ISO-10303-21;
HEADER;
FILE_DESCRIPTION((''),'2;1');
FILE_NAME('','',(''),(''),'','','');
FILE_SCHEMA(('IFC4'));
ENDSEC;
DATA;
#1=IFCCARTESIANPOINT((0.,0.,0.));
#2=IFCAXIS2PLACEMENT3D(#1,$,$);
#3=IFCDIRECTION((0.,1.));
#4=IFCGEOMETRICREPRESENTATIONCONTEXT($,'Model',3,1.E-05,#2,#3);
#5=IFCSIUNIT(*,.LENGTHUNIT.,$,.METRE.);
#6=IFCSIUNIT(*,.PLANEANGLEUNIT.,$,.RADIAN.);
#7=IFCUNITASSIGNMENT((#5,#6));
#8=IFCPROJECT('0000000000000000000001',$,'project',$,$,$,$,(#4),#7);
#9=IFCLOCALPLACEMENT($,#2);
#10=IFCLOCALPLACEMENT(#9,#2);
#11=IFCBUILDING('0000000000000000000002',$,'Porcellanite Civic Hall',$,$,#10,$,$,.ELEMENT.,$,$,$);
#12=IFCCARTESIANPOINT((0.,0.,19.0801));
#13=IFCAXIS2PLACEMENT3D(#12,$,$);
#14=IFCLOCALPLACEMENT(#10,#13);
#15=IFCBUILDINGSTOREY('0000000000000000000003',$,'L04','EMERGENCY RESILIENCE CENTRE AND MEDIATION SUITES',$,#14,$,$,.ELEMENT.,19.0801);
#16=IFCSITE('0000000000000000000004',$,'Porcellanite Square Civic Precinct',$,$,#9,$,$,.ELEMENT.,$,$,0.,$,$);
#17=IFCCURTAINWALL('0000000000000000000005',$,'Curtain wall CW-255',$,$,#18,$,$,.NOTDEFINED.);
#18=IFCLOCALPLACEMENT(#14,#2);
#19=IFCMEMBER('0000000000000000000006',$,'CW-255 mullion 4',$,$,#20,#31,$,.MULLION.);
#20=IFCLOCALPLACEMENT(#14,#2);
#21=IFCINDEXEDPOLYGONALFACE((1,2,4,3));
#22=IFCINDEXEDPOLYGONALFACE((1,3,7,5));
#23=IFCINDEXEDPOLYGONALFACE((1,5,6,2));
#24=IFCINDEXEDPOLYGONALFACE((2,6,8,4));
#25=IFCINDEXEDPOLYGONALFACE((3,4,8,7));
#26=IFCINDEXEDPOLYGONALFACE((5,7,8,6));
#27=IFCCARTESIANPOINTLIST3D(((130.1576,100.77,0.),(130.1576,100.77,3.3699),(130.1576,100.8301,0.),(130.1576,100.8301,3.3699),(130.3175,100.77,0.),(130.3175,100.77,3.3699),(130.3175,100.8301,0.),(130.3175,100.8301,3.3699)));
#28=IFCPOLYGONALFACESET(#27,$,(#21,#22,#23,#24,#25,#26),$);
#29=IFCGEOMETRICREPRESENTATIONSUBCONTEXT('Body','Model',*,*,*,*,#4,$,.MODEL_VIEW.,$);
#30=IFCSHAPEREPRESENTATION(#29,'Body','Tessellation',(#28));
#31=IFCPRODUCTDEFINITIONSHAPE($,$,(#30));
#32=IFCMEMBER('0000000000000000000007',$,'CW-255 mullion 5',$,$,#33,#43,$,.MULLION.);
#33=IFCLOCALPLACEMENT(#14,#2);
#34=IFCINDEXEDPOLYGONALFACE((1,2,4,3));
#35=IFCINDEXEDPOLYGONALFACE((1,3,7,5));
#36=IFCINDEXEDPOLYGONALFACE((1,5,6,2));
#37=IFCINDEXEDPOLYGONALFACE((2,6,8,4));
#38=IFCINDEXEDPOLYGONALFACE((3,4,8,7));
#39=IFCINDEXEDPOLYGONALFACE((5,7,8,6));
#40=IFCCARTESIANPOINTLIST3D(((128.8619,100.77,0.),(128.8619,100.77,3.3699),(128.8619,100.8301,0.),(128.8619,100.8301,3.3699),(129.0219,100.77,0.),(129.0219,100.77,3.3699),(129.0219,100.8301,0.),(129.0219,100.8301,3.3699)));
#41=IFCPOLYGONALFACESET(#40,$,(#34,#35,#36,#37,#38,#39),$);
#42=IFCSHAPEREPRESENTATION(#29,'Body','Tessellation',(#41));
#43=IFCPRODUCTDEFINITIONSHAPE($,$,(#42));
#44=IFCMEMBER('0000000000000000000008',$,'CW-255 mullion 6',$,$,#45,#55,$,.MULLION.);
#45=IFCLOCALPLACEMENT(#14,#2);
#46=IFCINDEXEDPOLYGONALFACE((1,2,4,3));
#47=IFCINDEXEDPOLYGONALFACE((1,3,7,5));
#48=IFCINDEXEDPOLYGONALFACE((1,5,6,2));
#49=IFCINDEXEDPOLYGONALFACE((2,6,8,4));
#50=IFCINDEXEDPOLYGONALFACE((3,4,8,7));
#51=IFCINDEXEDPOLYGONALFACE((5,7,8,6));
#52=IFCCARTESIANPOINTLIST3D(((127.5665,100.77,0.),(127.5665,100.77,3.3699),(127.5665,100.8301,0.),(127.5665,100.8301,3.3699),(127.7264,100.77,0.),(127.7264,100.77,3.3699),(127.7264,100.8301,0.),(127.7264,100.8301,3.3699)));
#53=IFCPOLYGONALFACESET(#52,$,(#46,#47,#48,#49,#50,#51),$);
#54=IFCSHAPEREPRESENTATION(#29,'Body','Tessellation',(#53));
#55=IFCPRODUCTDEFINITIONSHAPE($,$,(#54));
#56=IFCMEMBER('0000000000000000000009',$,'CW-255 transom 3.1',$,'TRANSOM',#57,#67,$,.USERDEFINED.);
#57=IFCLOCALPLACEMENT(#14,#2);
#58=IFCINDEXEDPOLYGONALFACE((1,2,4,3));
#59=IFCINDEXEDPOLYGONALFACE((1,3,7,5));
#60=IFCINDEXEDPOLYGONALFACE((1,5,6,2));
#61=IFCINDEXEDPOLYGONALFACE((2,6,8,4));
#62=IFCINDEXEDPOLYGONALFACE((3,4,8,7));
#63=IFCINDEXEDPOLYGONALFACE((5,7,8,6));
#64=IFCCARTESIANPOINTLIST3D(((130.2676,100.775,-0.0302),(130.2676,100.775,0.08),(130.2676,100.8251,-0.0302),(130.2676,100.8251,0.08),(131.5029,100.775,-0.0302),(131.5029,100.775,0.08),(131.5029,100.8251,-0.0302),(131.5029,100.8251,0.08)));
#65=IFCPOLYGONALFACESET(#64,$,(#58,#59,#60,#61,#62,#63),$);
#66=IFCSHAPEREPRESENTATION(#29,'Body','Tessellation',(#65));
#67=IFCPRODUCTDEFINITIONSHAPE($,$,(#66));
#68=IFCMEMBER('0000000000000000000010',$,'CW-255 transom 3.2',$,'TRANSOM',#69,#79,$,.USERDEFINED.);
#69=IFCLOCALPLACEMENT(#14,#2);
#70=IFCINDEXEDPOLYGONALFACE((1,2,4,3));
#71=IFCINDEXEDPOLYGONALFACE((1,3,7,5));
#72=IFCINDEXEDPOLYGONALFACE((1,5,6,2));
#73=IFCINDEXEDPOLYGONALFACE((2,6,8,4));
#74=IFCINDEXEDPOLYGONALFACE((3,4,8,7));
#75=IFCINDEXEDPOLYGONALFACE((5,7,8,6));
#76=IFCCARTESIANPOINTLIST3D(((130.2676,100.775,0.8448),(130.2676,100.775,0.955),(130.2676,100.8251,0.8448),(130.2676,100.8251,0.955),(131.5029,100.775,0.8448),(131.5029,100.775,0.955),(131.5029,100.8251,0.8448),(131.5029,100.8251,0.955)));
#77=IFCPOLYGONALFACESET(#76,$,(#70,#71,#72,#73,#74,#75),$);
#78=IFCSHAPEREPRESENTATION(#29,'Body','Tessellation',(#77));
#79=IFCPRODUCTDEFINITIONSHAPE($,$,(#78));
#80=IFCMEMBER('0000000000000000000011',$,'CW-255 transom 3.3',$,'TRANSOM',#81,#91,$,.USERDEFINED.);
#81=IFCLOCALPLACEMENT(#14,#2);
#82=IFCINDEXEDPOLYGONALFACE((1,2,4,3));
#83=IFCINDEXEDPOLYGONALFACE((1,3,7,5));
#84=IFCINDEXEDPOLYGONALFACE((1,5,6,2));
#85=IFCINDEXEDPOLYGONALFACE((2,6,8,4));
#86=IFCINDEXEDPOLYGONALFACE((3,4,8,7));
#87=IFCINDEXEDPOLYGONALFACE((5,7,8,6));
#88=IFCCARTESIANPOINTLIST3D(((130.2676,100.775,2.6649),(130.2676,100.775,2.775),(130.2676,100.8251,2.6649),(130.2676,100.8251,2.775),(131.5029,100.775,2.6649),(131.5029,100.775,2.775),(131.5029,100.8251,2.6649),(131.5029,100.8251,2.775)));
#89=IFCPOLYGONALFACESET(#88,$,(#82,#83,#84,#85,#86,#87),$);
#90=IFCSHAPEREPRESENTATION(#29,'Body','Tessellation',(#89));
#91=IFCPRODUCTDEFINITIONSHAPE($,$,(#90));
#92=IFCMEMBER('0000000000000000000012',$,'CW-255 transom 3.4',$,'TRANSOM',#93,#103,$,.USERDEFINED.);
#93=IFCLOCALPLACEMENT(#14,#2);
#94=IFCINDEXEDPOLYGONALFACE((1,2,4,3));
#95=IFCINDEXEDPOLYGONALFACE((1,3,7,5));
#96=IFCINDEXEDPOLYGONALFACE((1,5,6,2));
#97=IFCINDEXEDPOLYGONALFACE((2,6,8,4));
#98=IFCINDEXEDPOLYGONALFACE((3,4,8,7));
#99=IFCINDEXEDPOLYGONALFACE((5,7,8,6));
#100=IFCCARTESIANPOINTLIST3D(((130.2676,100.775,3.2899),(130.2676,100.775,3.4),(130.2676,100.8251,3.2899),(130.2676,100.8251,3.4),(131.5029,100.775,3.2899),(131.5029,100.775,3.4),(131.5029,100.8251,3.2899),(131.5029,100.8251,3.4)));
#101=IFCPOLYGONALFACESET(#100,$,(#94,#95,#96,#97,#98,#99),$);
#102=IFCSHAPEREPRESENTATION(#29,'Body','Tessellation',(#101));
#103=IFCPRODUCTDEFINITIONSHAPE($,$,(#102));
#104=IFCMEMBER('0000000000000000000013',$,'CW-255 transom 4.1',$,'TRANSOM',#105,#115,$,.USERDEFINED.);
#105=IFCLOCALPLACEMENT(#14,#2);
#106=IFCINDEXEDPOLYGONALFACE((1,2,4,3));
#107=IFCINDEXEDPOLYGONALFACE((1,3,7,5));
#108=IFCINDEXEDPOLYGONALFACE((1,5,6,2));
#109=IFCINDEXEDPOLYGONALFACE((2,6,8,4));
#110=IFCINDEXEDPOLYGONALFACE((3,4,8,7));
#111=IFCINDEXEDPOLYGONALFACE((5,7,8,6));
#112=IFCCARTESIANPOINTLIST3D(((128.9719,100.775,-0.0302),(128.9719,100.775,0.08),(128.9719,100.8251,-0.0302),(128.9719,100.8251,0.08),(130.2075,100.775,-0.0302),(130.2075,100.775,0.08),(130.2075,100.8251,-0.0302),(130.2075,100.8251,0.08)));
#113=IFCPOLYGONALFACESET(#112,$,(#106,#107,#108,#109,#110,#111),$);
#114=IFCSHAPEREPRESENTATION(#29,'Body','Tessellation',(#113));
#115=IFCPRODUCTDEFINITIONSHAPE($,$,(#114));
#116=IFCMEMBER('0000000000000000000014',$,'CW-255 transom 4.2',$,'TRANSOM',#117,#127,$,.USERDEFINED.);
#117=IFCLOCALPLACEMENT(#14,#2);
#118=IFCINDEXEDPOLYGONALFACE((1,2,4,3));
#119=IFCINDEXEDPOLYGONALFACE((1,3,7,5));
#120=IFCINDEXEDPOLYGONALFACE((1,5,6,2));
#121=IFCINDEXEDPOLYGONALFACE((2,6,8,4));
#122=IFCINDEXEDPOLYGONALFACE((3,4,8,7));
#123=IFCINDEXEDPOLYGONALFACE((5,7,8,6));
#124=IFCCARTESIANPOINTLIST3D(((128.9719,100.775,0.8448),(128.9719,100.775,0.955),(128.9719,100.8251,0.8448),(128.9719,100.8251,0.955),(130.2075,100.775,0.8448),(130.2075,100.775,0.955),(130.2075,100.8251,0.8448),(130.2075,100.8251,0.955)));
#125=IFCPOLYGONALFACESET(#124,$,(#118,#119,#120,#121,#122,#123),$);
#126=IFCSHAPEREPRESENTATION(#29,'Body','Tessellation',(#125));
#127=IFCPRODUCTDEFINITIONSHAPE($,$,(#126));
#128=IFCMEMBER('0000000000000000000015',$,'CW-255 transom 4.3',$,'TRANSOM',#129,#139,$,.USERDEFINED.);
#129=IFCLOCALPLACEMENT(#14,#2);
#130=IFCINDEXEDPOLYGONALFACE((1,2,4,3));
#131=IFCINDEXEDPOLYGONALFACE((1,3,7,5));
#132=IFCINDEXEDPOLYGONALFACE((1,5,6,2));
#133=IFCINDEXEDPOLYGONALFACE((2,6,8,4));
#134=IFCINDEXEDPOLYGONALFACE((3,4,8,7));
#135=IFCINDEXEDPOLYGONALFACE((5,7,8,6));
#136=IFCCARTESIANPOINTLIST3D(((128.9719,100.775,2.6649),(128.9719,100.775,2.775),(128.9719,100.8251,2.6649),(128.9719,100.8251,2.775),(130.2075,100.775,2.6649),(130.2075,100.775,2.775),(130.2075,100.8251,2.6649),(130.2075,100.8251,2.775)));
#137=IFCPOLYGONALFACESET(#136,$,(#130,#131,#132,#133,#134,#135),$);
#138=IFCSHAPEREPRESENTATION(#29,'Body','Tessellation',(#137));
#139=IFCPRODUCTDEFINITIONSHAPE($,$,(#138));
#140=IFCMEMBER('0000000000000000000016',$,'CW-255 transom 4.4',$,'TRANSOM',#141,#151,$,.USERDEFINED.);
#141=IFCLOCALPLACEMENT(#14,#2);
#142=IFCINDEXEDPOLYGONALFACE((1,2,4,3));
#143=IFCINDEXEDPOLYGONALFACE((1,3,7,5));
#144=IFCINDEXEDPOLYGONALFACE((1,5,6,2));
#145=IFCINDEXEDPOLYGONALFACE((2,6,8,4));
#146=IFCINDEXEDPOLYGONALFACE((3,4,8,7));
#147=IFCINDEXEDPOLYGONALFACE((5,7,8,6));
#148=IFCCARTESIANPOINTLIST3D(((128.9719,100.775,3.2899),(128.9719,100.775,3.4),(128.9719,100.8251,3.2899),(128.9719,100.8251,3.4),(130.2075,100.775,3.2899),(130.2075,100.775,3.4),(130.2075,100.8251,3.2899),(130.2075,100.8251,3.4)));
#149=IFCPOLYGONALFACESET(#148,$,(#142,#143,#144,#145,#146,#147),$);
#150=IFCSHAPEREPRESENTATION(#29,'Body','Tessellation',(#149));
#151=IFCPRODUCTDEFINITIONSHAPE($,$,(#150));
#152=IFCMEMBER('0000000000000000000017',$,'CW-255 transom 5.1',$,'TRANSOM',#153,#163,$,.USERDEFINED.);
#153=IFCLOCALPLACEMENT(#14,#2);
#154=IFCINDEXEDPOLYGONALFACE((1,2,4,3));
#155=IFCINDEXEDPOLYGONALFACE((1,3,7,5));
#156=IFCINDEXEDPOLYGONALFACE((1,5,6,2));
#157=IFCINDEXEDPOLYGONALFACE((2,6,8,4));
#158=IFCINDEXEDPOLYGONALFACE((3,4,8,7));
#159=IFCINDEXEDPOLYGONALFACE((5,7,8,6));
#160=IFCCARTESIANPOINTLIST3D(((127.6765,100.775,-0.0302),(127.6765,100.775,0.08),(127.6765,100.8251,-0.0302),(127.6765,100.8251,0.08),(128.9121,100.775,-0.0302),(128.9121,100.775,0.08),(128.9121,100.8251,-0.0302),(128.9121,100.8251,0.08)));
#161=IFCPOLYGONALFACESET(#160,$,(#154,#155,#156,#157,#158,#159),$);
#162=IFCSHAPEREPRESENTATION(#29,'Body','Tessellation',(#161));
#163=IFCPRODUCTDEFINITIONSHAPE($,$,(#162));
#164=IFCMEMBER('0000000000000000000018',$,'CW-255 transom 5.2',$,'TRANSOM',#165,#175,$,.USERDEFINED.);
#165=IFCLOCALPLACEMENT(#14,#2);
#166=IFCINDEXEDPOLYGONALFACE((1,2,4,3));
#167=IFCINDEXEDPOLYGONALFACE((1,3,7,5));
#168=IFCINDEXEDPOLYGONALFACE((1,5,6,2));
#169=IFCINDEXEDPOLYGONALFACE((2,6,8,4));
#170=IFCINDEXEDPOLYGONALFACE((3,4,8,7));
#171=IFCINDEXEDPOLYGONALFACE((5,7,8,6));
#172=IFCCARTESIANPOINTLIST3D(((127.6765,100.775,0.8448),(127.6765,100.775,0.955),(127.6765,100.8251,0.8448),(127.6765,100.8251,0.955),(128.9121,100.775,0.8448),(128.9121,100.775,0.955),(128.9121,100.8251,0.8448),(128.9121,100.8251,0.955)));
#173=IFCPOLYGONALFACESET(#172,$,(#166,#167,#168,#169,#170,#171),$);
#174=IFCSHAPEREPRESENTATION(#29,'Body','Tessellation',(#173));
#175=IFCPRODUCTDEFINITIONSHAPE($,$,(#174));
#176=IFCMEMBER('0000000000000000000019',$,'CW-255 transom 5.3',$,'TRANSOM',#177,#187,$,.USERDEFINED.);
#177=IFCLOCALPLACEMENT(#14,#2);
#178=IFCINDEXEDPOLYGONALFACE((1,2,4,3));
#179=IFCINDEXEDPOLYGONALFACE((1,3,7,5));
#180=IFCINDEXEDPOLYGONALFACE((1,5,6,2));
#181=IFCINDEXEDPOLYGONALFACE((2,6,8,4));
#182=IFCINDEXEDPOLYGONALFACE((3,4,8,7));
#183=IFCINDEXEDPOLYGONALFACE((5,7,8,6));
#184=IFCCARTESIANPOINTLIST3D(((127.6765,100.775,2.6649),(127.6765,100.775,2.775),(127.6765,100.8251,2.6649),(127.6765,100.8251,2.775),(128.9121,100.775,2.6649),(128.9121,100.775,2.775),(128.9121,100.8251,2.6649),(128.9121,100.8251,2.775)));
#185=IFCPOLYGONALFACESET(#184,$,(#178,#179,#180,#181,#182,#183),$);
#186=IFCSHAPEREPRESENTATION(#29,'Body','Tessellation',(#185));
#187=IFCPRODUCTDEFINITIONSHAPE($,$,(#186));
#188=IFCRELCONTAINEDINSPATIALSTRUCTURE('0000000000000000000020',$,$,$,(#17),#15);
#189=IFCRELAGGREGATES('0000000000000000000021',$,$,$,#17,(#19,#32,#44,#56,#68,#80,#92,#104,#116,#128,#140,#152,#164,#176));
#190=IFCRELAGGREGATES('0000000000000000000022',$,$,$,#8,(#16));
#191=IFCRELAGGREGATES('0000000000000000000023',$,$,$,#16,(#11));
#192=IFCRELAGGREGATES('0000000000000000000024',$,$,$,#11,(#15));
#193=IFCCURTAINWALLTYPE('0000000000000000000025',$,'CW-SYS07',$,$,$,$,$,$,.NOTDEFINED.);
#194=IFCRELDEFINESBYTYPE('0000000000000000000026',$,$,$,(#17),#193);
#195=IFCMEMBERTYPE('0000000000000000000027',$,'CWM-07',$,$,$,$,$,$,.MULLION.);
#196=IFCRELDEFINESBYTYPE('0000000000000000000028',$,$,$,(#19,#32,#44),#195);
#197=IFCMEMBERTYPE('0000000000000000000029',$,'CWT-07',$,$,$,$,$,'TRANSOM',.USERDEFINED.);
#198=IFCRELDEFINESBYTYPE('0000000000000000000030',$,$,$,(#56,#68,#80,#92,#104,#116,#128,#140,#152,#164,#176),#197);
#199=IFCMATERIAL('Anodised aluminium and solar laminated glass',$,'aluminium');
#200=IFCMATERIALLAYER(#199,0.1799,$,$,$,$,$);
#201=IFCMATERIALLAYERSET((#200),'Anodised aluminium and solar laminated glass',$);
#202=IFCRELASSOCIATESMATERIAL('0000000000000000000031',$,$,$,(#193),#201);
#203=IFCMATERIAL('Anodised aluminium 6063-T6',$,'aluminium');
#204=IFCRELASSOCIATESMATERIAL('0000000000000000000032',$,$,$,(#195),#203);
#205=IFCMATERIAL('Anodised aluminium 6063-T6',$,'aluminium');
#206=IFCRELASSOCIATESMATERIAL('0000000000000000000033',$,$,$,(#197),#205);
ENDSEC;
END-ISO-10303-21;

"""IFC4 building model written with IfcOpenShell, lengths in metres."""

from ifc_helpers import new_model, si_unit, direction, frame, origin, origin_2d, place, context, subcontext, project, spatial, rectangle, extrude, material, layer, layer_set, material_profile, profile_set, type_object, element, aggregate, save


model = new_model("IFC4")

# Units and contexts
model_context = context("Model", 3, precision=1e-05, world=origin(), true_north=direction((0.0, 1.0)))
body_context = subcontext(model_context, "Body", "Model", "MODEL_VIEW")
ifc_project = project(units=[si_unit("LENGTHUNIT", "METRE"), si_unit("PLANEANGLEUNIT", "RADIAN")], contexts=[model_context])

# Site, building, storey
site_placement = place(None, origin())
site = spatial("IfcSite", under=ifc_project, at=site_placement, Name="Porcellanite Square Civic Precinct", CompositionType="ELEMENT", RefElevation=0.0)
building_placement = place(site_placement, origin())
building = spatial("IfcBuilding", under=site, at=building_placement, Name="Porcellanite Civic Hall", CompositionType="ELEMENT")
storey_placement = place(building_placement, frame((0.0, 0.0, 19.0801)))
storey = spatial("IfcBuildingStorey", under=building, at=storey_placement, Name="L04", Description="EMERGENCY RESILIENCE CENTRE AND MEDIATION SUITES", CompositionType="ELEMENT", Elevation=19.0801)

# Curtain wall, members
ifc_material_1 = material(Name="Anodised aluminium and solar laminated glass", Category="aluminium")
ifc_layer_1 = layer(ifc_material_1, 0.1799)
ifc_layer_set_1 = layer_set([ifc_layer_1], Name="Anodised aluminium and solar laminated glass")
curtain_wall_type = type_object("IfcCurtainWallType", Name="CW-SYS07", PredefinedType="NOTDEFINED", material=ifc_layer_set_1)
curtain_wall_placement = place(storey_placement, origin())
curtain_wall = element("IfcCurtainWall", 1, at=curtain_wall_placement, inside=storey, type_object=curtain_wall_type, Name="Curtain wall CW-255", PredefinedType="NOTDEFINED")
ifc_material_2 = material(Name="Anodised aluminium 6063-T6", Category="aluminium")
ifc_material_profile_1 = material_profile(ifc_material_2, rectangle(XDim=0.0601, YDim=0.1599, at=origin_2d()), Name="AL-60x160")
ifc_profile_set_1 = profile_set([ifc_material_profile_1], Name="Anodised aluminium 6063-T6")
member_type_1 = type_object("IfcMemberType", Name="CWM-07", PredefinedType="MULLION", material=ifc_profile_set_1)
member_1_placement = place(storey_placement, frame((130.2375, 100.8, 0.0), z_axis=(0.0, 0.0, 1.0), x_axis=(0.0, -1.0, 0.0)))
member_1 = element("IfcMember", 2, at=member_1_placement, type_object=member_type_1, Name="CW-255 mullion 4", PredefinedType="MULLION", context=body_context, shape_type="SweptSolid", body=[
    extrude(rectangle(XDim=0.0601, YDim=0.1599, at=origin_2d()), origin(), (0.0, 0.0, 1.0), 3.3699),
])
member_2_placement = place(storey_placement, frame((128.9419, 100.8, 0.0), z_axis=(0.0, 0.0, 1.0), x_axis=(0.0, -1.0, 0.0)))
member_2 = element("IfcMember", 3, at=member_2_placement, type_object=member_type_1, Name="CW-255 mullion 5", PredefinedType="MULLION", context=body_context, shape_type="SweptSolid", body=[
    extrude(rectangle(XDim=0.0601, YDim=0.1599, at=origin_2d()), origin(), (0.0, 0.0, 1.0), 3.3699),
])
member_3_placement = place(storey_placement, frame((127.6465, 100.8, 0.0), z_axis=(0.0, 0.0, 1.0), x_axis=(0.0, -1.0, 0.0)))
member_3 = element("IfcMember", 4, at=member_3_placement, type_object=member_type_1, Name="CW-255 mullion 6", PredefinedType="MULLION", context=body_context, shape_type="SweptSolid", body=[
    extrude(rectangle(XDim=0.0601, YDim=0.1599, at=origin_2d()), origin(), (0.0, 0.0, 1.0), 3.3699),
])
ifc_material_3 = material(Name="Anodised aluminium 6063-T6", Category="aluminium")
ifc_material_profile_2 = material_profile(ifc_material_3, rectangle(XDim=0.05, YDim=0.1101, at=origin_2d()), Name="AL-50x110")
ifc_profile_set_2 = profile_set([ifc_material_profile_2], Name="Anodised aluminium 6063-T6")
member_type_2 = type_object("IfcMemberType", Name="CWT-07", ElementType="TRANSOM", PredefinedType="USERDEFINED", material=ifc_profile_set_2)
member_4_placement = place(storey_placement, frame((131.5029, 100.8, 0.0249), z_axis=(-1.0, 0.0, 0.0), x_axis=(0.0, -1.0, 0.0)))
member_4 = element("IfcMember", 5, at=member_4_placement, type_object=member_type_2, Name="CW-255 transom 3.1", ObjectType="TRANSOM", PredefinedType="USERDEFINED", context=body_context, shape_type="SweptSolid", body=[
    extrude(rectangle(XDim=0.05, YDim=0.1101, at=origin_2d()), origin(), (0.0, 0.0, 1.0), 1.2354),
])
member_5_placement = place(storey_placement, frame((131.5029, 100.8, 0.8999), z_axis=(-1.0, 0.0, 0.0), x_axis=(0.0, -1.0, 0.0)))
member_5 = element("IfcMember", 6, at=member_5_placement, type_object=member_type_2, Name="CW-255 transom 3.2", ObjectType="TRANSOM", PredefinedType="USERDEFINED", context=body_context, shape_type="SweptSolid", body=[
    extrude(rectangle(XDim=0.05, YDim=0.1101, at=origin_2d()), origin(), (0.0, 0.0, 1.0), 1.2354),
])
member_6_placement = place(storey_placement, frame((131.5029, 100.8, 2.72), z_axis=(-1.0, 0.0, 0.0), x_axis=(0.0, -1.0, 0.0)))
member_6 = element("IfcMember", 7, at=member_6_placement, type_object=member_type_2, Name="CW-255 transom 3.3", ObjectType="TRANSOM", PredefinedType="USERDEFINED", context=body_context, shape_type="SweptSolid", body=[
    extrude(rectangle(XDim=0.05, YDim=0.1101, at=origin_2d()), origin(), (0.0, 0.0, 1.0), 1.2354),
])
member_7_placement = place(storey_placement, frame((131.5029, 100.8, 3.345), z_axis=(-1.0, 0.0, 0.0), x_axis=(0.0, -1.0, 0.0)))
member_7 = element("IfcMember", 8, at=member_7_placement, type_object=member_type_2, Name="CW-255 transom 3.4", ObjectType="TRANSOM", PredefinedType="USERDEFINED", context=body_context, shape_type="SweptSolid", body=[
    extrude(rectangle(XDim=0.05, YDim=0.1101, at=origin_2d()), origin(), (0.0, 0.0, 1.0), 1.2354),
])
member_8_placement = place(storey_placement, frame((130.2075, 100.8, 0.0249), z_axis=(-1.0, 0.0, 0.0), x_axis=(0.0, -1.0, 0.0)))
member_8 = element("IfcMember", 9, at=member_8_placement, type_object=member_type_2, Name="CW-255 transom 4.1", ObjectType="TRANSOM", PredefinedType="USERDEFINED", context=body_context, shape_type="SweptSolid", body=[
    extrude(rectangle(XDim=0.05, YDim=0.1101, at=origin_2d()), origin(), (0.0, 0.0, 1.0), 1.2356),
])
member_9_placement = place(storey_placement, frame((130.2075, 100.8, 0.8999), z_axis=(-1.0, 0.0, 0.0), x_axis=(0.0, -1.0, 0.0)))
member_9 = element("IfcMember", 10, at=member_9_placement, type_object=member_type_2, Name="CW-255 transom 4.2", ObjectType="TRANSOM", PredefinedType="USERDEFINED", context=body_context, shape_type="SweptSolid", body=[
    extrude(rectangle(XDim=0.05, YDim=0.1101, at=origin_2d()), origin(), (0.0, 0.0, 1.0), 1.2356),
])
member_10_placement = place(storey_placement, frame((130.2075, 100.8, 2.72), z_axis=(-1.0, 0.0, 0.0), x_axis=(0.0, -1.0, 0.0)))
member_10 = element("IfcMember", 11, at=member_10_placement, type_object=member_type_2, Name="CW-255 transom 4.3", ObjectType="TRANSOM", PredefinedType="USERDEFINED", context=body_context, shape_type="SweptSolid", body=[
    extrude(rectangle(XDim=0.05, YDim=0.1101, at=origin_2d()), origin(), (0.0, 0.0, 1.0), 1.2356),
])
member_11_placement = place(storey_placement, frame((130.2075, 100.8, 3.345), z_axis=(-1.0, 0.0, 0.0), x_axis=(0.0, -1.0, 0.0)))
member_11 = element("IfcMember", 12, at=member_11_placement, type_object=member_type_2, Name="CW-255 transom 4.4", ObjectType="TRANSOM", PredefinedType="USERDEFINED", context=body_context, shape_type="SweptSolid", body=[
    extrude(rectangle(XDim=0.05, YDim=0.1101, at=origin_2d()), origin(), (0.0, 0.0, 1.0), 1.2356),
])
member_12_placement = place(storey_placement, frame((128.9121, 100.8, 0.0249), z_axis=(-1.0, 0.0, 0.0), x_axis=(0.0, -1.0, 0.0)))
member_12 = element("IfcMember", 13, at=member_12_placement, type_object=member_type_2, Name="CW-255 transom 5.1", ObjectType="TRANSOM", PredefinedType="USERDEFINED", context=body_context, shape_type="SweptSolid", body=[
    extrude(rectangle(XDim=0.05, YDim=0.1101, at=origin_2d()), origin(), (0.0, 0.0, 1.0), 1.2356),
])
member_13_placement = place(storey_placement, frame((128.9121, 100.8, 0.8999), z_axis=(-1.0, 0.0, 0.0), x_axis=(0.0, -1.0, 0.0)))
member_13 = element("IfcMember", 14, at=member_13_placement, type_object=member_type_2, Name="CW-255 transom 5.2", ObjectType="TRANSOM", PredefinedType="USERDEFINED", context=body_context, shape_type="SweptSolid", body=[
    extrude(rectangle(XDim=0.05, YDim=0.1101, at=origin_2d()), origin(), (0.0, 0.0, 1.0), 1.2356),
])
member_14_placement = place(storey_placement, frame((128.9121, 100.8, 2.72), z_axis=(-1.0, 0.0, 0.0), x_axis=(0.0, -1.0, 0.0)))
member_14 = element("IfcMember", 15, at=member_14_placement, type_object=member_type_2, Name="CW-255 transom 5.3", ObjectType="TRANSOM", PredefinedType="USERDEFINED", context=body_context, shape_type="SweptSolid", body=[
    extrude(rectangle(XDim=0.05, YDim=0.1101, at=origin_2d()), origin(), (0.0, 0.0, 1.0), 1.2356),
])

aggregate(curtain_wall, [member_1, member_2, member_3, member_4, member_5, member_6, member_7, member_8, member_9, member_10, member_11, member_12, member_13, member_14])

save(model, "model.ifc")
